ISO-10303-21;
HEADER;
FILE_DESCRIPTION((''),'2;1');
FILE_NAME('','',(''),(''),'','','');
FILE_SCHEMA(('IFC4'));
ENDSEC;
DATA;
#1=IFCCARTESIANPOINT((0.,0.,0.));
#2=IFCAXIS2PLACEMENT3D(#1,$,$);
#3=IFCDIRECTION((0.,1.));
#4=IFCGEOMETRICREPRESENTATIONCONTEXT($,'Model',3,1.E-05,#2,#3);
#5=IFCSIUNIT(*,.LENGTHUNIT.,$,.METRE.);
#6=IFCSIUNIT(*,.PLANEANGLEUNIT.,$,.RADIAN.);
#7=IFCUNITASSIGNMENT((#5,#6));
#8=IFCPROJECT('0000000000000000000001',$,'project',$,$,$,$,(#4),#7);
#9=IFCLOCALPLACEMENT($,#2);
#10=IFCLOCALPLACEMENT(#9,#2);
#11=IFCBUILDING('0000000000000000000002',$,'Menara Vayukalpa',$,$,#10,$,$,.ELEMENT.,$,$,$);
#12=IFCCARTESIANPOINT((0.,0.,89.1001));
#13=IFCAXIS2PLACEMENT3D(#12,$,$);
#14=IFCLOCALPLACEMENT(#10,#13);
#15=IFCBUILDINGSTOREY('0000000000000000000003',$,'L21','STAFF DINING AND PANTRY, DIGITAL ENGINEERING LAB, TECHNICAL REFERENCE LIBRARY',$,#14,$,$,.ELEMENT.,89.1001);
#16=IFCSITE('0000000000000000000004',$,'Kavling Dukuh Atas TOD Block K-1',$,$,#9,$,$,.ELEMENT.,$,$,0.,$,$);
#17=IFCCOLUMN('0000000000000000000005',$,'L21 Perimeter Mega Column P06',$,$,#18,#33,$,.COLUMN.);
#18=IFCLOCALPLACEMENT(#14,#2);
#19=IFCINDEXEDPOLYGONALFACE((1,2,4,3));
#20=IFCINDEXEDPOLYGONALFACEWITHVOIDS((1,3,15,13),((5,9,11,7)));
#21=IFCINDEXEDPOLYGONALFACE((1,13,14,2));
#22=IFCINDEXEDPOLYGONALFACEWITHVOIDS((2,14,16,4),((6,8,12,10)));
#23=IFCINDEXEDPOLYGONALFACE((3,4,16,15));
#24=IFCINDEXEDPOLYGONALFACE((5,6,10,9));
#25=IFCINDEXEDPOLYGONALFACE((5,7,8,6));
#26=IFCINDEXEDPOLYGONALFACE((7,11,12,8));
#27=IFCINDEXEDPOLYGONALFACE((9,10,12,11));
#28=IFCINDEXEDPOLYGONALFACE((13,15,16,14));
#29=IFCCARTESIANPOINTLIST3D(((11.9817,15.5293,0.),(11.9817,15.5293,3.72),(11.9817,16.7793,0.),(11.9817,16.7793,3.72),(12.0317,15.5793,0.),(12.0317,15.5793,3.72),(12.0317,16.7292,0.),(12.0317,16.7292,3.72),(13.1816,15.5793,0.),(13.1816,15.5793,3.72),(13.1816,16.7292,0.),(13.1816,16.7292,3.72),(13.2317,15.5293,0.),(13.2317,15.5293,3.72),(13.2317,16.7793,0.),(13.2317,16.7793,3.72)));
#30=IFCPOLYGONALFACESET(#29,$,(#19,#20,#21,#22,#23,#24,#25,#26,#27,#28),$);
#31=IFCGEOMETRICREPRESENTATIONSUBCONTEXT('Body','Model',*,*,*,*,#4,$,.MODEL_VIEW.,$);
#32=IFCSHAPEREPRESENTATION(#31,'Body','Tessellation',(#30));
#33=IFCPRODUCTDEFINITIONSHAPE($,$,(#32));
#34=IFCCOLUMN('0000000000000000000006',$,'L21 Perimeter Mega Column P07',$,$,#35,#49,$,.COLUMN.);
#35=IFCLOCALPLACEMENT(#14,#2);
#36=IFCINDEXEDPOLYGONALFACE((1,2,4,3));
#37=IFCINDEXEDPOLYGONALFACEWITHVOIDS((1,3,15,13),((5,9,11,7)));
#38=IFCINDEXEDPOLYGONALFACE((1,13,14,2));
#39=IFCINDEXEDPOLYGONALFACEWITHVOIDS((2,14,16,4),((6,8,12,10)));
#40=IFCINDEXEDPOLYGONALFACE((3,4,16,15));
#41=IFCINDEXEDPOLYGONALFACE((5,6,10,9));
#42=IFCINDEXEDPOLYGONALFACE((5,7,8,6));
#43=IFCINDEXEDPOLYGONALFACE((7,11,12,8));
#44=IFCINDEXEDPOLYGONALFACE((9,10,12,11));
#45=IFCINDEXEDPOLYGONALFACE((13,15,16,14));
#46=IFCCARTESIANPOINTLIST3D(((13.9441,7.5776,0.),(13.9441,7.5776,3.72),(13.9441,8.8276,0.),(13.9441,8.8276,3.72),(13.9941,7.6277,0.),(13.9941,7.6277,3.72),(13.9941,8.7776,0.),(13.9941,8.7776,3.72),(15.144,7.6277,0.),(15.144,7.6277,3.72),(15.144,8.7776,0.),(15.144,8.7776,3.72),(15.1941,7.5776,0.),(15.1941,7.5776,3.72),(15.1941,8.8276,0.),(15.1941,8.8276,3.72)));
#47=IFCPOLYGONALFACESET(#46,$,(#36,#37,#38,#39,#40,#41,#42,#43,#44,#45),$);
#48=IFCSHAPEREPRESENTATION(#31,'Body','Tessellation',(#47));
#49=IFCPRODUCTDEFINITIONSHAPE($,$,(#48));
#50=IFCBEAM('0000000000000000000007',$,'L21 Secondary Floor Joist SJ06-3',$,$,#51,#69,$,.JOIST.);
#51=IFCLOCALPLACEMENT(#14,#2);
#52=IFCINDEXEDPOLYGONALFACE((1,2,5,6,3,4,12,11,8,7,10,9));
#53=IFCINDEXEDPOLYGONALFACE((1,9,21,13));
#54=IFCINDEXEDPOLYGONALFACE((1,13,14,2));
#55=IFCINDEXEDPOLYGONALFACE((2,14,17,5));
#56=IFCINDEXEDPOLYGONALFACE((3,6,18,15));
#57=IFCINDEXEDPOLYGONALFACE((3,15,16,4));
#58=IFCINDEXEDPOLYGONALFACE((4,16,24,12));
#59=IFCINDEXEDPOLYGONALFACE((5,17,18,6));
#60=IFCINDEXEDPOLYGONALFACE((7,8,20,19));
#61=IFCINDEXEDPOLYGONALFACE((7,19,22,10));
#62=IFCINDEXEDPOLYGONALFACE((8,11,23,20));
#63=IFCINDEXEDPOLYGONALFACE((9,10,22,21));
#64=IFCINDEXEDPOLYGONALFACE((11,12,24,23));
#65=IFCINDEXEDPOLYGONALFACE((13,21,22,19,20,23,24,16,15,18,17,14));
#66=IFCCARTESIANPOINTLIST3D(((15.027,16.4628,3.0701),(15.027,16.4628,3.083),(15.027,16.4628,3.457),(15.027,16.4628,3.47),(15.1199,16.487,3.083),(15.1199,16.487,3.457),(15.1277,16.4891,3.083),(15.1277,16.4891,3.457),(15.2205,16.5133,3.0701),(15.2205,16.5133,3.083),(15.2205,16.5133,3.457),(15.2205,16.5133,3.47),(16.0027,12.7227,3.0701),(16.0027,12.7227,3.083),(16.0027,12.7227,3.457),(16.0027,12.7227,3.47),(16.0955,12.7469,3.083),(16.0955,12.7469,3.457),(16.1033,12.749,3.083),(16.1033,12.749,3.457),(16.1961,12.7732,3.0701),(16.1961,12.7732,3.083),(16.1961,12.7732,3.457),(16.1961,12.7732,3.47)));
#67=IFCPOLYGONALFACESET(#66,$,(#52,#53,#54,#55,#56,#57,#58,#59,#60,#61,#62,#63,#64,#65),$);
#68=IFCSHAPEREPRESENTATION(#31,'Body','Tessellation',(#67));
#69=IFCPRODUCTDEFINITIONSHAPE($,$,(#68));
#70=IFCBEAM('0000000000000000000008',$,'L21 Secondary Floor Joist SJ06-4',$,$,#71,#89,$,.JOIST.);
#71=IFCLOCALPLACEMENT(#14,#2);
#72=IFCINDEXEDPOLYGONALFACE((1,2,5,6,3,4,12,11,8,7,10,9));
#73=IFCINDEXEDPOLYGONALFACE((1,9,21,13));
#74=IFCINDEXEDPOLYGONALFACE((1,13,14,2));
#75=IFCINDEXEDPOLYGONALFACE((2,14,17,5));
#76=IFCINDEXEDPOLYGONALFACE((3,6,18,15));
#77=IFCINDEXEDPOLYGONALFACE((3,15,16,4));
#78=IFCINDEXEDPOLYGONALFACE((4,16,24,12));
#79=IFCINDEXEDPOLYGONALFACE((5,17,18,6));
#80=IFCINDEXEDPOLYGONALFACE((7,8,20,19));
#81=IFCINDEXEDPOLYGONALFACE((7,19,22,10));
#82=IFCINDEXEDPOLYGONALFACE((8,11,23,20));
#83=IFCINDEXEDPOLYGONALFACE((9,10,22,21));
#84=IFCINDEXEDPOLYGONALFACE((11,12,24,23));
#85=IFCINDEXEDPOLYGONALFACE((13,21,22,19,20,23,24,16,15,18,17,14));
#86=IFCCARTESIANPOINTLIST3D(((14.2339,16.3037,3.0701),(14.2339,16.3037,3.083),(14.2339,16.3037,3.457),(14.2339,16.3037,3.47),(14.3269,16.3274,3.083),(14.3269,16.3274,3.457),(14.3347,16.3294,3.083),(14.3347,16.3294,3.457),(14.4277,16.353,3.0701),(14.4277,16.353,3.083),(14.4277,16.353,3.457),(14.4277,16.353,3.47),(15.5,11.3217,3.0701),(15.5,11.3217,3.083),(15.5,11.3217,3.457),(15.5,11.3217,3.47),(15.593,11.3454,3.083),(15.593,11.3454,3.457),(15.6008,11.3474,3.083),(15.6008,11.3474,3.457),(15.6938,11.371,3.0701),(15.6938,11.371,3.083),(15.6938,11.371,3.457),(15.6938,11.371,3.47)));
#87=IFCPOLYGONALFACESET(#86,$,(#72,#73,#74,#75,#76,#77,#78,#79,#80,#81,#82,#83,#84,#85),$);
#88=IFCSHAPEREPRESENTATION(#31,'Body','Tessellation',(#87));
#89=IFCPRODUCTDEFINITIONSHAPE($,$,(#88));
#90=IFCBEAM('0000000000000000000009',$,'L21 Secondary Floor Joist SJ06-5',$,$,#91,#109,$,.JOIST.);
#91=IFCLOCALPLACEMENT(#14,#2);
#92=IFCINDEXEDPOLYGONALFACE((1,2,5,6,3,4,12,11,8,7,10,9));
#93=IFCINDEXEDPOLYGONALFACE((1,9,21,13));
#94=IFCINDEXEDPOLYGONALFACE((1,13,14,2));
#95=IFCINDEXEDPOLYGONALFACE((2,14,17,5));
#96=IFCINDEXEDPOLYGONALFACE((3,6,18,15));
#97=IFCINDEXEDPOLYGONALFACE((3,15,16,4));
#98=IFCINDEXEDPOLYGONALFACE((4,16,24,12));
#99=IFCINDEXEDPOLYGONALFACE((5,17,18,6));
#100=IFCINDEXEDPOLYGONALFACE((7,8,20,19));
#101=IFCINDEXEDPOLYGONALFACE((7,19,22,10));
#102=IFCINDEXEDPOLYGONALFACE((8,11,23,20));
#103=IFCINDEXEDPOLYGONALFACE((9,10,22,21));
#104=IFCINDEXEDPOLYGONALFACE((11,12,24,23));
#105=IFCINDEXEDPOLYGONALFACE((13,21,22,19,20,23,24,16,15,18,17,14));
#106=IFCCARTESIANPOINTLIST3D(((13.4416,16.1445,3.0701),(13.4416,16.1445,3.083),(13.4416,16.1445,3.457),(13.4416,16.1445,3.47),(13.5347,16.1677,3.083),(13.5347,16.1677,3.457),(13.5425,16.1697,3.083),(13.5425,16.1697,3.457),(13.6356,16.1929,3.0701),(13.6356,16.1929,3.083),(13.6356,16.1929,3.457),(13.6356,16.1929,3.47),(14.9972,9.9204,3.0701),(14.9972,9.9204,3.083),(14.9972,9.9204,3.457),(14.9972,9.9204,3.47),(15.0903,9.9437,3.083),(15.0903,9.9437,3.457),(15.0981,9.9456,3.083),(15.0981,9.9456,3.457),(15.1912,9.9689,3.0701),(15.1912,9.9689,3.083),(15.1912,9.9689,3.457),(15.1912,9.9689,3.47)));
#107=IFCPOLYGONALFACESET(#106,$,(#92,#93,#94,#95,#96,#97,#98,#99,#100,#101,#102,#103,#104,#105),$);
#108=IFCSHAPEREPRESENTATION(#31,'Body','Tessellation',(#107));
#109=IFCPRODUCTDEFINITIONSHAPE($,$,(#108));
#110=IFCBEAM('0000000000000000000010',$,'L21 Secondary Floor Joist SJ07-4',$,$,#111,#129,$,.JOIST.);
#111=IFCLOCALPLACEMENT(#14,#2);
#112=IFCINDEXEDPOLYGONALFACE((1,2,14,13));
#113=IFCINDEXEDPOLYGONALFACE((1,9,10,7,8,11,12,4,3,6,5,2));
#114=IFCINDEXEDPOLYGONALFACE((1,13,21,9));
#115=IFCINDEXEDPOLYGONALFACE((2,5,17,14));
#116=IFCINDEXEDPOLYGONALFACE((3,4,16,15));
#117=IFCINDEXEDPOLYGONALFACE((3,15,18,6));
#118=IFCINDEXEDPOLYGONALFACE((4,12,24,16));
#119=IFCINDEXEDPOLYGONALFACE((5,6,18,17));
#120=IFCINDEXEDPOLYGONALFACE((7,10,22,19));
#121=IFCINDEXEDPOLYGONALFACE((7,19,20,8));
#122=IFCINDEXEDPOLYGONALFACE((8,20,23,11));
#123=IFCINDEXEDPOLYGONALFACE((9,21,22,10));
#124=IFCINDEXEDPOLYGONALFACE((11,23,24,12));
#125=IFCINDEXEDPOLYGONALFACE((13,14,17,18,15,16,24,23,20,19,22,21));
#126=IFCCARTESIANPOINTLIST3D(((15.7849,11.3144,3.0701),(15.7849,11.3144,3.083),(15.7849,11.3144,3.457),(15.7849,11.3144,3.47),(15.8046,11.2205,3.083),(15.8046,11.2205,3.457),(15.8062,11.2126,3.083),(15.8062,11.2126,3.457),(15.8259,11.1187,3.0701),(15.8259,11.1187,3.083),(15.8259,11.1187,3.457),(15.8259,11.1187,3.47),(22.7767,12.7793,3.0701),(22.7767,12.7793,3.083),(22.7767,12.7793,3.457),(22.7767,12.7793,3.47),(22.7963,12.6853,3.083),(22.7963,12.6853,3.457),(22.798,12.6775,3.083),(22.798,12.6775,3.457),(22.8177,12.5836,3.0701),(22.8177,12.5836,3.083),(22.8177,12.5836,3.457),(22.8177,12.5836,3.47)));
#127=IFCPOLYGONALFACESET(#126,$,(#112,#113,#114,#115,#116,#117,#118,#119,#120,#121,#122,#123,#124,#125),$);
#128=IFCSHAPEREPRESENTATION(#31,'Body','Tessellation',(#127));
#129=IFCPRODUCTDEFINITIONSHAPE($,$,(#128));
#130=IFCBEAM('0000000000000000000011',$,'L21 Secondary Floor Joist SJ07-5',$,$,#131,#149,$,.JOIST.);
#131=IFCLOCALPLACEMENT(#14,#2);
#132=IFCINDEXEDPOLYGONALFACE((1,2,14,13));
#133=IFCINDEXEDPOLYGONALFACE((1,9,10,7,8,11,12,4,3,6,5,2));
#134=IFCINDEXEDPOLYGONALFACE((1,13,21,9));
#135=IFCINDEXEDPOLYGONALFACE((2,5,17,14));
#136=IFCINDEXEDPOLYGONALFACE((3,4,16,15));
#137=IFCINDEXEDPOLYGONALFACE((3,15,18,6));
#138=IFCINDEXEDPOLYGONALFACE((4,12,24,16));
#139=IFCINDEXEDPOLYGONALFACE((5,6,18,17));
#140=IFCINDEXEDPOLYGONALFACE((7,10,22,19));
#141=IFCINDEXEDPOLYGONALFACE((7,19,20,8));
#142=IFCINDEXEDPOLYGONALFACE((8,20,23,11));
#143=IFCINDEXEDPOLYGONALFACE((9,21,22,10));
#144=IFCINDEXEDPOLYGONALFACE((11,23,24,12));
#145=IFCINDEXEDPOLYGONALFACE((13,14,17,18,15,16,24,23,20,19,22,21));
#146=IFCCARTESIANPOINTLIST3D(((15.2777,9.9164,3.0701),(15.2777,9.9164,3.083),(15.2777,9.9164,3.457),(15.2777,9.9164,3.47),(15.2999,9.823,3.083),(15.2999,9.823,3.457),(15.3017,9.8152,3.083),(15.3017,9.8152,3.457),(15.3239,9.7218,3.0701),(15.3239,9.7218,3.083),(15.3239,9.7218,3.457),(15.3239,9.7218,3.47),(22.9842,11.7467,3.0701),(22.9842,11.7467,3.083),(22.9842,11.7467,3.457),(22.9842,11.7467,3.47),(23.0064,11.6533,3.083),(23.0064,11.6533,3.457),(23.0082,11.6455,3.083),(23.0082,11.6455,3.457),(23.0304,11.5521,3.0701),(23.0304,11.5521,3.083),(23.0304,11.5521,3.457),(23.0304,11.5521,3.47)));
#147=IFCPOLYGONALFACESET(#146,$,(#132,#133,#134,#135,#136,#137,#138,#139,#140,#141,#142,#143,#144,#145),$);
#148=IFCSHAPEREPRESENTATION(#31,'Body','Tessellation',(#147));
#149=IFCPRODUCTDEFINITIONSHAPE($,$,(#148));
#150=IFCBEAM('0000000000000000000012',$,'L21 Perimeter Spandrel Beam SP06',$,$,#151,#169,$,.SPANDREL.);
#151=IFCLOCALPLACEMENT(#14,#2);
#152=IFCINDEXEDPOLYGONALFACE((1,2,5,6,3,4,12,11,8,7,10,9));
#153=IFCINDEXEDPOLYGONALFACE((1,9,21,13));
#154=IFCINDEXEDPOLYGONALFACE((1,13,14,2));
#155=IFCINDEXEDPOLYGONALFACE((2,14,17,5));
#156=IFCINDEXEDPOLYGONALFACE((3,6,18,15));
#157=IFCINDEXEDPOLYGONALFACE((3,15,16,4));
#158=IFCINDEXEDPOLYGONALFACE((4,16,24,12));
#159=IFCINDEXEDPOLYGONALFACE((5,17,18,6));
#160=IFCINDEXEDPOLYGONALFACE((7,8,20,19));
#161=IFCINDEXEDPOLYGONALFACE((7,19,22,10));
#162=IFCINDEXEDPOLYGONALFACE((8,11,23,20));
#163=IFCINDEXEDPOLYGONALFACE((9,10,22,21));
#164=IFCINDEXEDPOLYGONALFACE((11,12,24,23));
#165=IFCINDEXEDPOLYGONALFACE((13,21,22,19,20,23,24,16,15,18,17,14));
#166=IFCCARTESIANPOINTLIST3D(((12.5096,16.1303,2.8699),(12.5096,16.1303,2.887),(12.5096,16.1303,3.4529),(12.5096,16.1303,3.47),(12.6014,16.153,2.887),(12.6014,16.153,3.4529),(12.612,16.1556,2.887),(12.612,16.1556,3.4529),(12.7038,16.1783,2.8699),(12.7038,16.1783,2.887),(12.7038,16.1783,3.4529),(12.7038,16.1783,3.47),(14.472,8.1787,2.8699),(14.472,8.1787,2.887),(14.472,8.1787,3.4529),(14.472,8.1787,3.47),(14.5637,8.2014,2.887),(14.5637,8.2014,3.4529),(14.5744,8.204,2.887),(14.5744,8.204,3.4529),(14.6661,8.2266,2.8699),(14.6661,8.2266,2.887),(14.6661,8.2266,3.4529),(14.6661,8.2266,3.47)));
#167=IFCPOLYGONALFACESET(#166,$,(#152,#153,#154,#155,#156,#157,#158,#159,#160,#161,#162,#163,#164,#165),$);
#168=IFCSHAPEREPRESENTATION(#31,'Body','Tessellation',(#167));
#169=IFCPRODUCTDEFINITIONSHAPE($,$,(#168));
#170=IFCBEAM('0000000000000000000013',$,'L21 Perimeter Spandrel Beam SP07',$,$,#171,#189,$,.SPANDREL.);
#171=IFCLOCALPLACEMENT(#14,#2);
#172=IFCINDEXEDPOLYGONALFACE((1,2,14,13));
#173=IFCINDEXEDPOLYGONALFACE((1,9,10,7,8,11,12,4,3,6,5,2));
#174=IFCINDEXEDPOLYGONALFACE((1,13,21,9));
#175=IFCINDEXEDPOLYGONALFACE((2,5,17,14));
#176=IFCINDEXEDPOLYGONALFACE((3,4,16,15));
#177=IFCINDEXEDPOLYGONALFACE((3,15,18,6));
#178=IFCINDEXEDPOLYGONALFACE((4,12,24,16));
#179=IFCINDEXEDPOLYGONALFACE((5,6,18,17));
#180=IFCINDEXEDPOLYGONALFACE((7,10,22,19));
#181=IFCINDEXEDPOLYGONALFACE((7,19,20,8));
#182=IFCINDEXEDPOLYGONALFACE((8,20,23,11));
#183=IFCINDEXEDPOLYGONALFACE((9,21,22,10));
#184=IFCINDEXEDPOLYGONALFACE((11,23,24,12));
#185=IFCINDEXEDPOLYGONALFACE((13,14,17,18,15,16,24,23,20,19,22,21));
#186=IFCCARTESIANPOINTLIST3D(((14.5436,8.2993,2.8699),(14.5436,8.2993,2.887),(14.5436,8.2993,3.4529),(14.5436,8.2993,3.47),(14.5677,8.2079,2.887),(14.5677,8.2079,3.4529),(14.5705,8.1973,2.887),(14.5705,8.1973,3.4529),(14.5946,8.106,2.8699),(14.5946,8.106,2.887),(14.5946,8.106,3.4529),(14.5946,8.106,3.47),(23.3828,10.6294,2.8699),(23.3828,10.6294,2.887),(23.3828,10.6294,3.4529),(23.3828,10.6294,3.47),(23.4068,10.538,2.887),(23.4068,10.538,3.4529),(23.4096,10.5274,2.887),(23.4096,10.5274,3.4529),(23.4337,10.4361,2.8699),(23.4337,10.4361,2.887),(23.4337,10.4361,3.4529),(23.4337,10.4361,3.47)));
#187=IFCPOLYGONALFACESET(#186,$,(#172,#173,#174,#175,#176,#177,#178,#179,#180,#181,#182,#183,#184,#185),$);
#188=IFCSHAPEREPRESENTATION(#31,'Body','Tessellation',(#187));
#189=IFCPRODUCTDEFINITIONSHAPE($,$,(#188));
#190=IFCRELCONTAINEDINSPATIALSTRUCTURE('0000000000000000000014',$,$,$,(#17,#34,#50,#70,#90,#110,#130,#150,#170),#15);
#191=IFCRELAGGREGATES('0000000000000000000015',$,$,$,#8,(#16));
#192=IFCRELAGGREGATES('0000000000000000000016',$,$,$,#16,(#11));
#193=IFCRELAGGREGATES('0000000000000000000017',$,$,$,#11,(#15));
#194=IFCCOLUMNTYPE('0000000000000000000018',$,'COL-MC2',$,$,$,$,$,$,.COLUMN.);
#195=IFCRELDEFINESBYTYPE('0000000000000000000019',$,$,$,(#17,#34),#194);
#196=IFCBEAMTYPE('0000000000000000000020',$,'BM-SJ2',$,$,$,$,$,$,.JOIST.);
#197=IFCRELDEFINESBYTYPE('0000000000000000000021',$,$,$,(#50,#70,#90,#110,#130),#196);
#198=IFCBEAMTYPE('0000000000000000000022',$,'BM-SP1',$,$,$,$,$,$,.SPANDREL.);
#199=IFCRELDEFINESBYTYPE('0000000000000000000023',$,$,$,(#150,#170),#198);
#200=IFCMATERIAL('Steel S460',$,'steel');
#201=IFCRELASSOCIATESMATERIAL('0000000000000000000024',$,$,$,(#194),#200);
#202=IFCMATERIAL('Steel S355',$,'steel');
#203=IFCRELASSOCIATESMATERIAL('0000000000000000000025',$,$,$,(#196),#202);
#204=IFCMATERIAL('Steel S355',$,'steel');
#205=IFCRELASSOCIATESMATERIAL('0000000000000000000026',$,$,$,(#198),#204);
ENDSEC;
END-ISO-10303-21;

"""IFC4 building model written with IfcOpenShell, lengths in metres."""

from ifc_helpers import new_model, si_unit, direction, frame, origin, origin_2d, place, context, subcontext, project, spatial, hollow_rectangle, i_section, extrude, material, material_profile, profile_set, type_object, element, save


model = new_model("IFC4")

# Units and contexts
model_context = context("Model", 3, precision=1e-05, world=origin(), true_north=direction((0.0, 1.0)))
body_context = subcontext(model_context, "Body", "Model", "MODEL_VIEW")
ifc_project = project(units=[si_unit("LENGTHUNIT", "METRE"), si_unit("PLANEANGLEUNIT", "RADIAN")], contexts=[model_context])

# Site, building, storey
site_placement = place(None, origin())
site = spatial("IfcSite", under=ifc_project, at=site_placement, Name="Kavling Dukuh Atas TOD Block K-1", CompositionType="ELEMENT", RefElevation=0.0)
building_placement = place(site_placement, origin())
building = spatial("IfcBuilding", under=site, at=building_placement, Name="Menara Vayukalpa", CompositionType="ELEMENT")
storey_placement = place(building_placement, frame((0.0, 0.0, 89.1001)))
storey = spatial("IfcBuildingStorey", under=building, at=storey_placement, Name="L21", Description="STAFF DINING AND PANTRY, DIGITAL ENGINEERING LAB, TECHNICAL REFERENCE LIBRARY", CompositionType="ELEMENT", Elevation=89.1001)

# Columns
ifc_material_1 = material(Name="Steel S460", Category="steel")
ifc_material_profile_1 = material_profile(ifc_material_1, hollow_rectangle(XDim=1.25, YDim=1.25, WallThickness=0.05, at=origin_2d()), Name="BOX 1250x1250x50")
ifc_profile_set_1 = profile_set([ifc_material_profile_1], Name="Steel S460")
column_type = type_object("IfcColumnType", Name="COL-MC2", PredefinedType="COLUMN", material=ifc_profile_set_1)
for number, where, z_axis, x_axis, name in (
    (1, (12.6067, 16.1543, 0.0), (0.0, 0.0, 1.0), (1.0, 0.0, 0.0), "L21 Perimeter Mega Column P06"),
    (2, (14.5691, 8.2026, 0.0), (0.0, 0.0, 1.0), (1.0, 0.0, 0.0), "L21 Perimeter Mega Column P07"),
):
    element("IfcColumn", number, at=place(storey_placement, frame(where, z_axis=z_axis, x_axis=x_axis)), inside=storey, type_object=column_type, Name=name, PredefinedType="COLUMN", context=body_context, shape_type="SweptSolid", body=[
        extrude(hollow_rectangle(XDim=1.25, YDim=1.25, WallThickness=0.05, at=origin_2d()), origin(), (0.0, 0.0, 1.0), 3.72),
    ])

# Beams
ifc_material_2 = material(Name="Steel S355", Category="steel")
ifc_material_profile_2 = material_profile(ifc_material_2, i_section(OverallWidth=0.2, OverallDepth=0.3999, WebThickness=0.0081, FlangeThickness=0.0129, at=origin_2d()), Name="WF 400x200x8x13")
ifc_profile_set_2 = profile_set([ifc_material_profile_2], Name="Steel S355")
beam_type_1 = type_object("IfcBeamType", Name="BM-SJ2", PredefinedType="JOIST", material=ifc_profile_set_2)
beam_1_placement = place(storey_placement, frame((15.1238, 16.488, 3.27), z_axis=(0.252406, -0.967621, 0.0), x_axis=(0.967621, 0.252406, 0.0)))
element("IfcBeam", 3, at=beam_1_placement, inside=storey, type_object=beam_type_1, Name="L21 Secondary Floor Joist SJ06-3", PredefinedType="JOIST", context=body_context, shape_type="SweptSolid", body=[
    extrude(i_section(OverallWidth=0.2, OverallDepth=0.3999, WebThickness=0.0081, FlangeThickness=0.0129, at=origin_2d()), origin(), (0.0, 0.0, 1.0), 3.8652),
])
beam_2_placement = place(storey_placement, frame((14.3308, 16.3284, 3.27), z_axis=(0.246311, -0.969191, 0.0), x_axis=(0.969191, 0.246311, 0.0)))
element("IfcBeam", 4, at=beam_2_placement, inside=storey, type_object=beam_type_1, Name="L21 Secondary Floor Joist SJ06-4", PredefinedType="JOIST", context=body_context, shape_type="SweptSolid", body=[
    extrude(i_section(OverallWidth=0.2, OverallDepth=0.3999, WebThickness=0.0081, FlangeThickness=0.0129, at=origin_2d()), origin(), (0.0, 0.0, 1.0), 5.1404),
])
beam_3_placement = place(storey_placement, frame((13.5386, 16.1687, 3.27), z_axis=(0.242482, -0.970156, 0.0), x_axis=(0.970156, 0.242482, 0.0)))
element("IfcBeam", 5, at=beam_3_placement, inside=storey, type_object=beam_type_1, Name="L21 Secondary Floor Joist SJ06-5", PredefinedType="JOIST", context=body_context, shape_type="SweptSolid", body=[
    extrude(i_section(OverallWidth=0.2, OverallDepth=0.3999, WebThickness=0.0081, FlangeThickness=0.0129, at=origin_2d()), origin(), (0.0, 0.0, 1.0), 6.4155),
])
beam_4_placement = place(storey_placement, frame((15.8054, 11.2166, 3.27), z_axis=(0.978749, 0.20506, 0.0), x_axis=(-0.20506, 0.978749, 0.0)))
element("IfcBeam", 6, at=beam_4_placement, inside=storey, type_object=beam_type_1, Name="L21 Secondary Floor Joist SJ07-4", PredefinedType="JOIST", context=body_context, shape_type="SweptSolid", body=[
    extrude(i_section(OverallWidth=0.2, OverallDepth=0.3999, WebThickness=0.0081, FlangeThickness=0.0129, at=origin_2d()), origin(), (0.0, 0.0, 1.0), 7.1436),
])
beam_5_placement = place(storey_placement, frame((15.3008, 9.8191, 3.27), z_axis=(0.972936, 0.231075, 0.0), x_axis=(-0.231075, 0.972936, 0.0)))
element("IfcBeam", 7, at=beam_5_placement, inside=storey, type_object=beam_type_1, Name="L21 Secondary Floor Joist SJ07-5", PredefinedType="JOIST", context=body_context, shape_type="SweptSolid", body=[
    extrude(i_section(OverallWidth=0.2, OverallDepth=0.3999, WebThickness=0.0081, FlangeThickness=0.0129, at=origin_2d()), origin(), (0.0, 0.0, 1.0), 7.9209),
])
ifc_material_3 = material(Name="Steel S355", Category="steel")
ifc_material_profile_3 = material_profile(ifc_material_3, i_section(OverallWidth=0.2, OverallDepth=0.6001, WebThickness=0.011, FlangeThickness=0.0171, at=origin_2d()), Name="WF 600x200x11x17")
ifc_profile_set_3 = profile_set([ifc_material_profile_3], Name="Steel S355")
beam_type_2 = type_object("IfcBeamType", Name="BM-SP1", PredefinedType="SPANDREL", material=ifc_profile_set_3)
beam_6_placement = place(storey_placement, frame((12.6067, 16.1543, 3.1699), z_axis=(0.239603, -0.970871, 0.0), x_axis=(0.970871, 0.239603, 0.0)))
element("IfcBeam", 8, at=beam_6_placement, inside=storey, type_object=beam_type_2, Name="L21 Perimeter Spandrel Beam SP06", PredefinedType="SPANDREL", context=body_context, shape_type="SweptSolid", body=[
    extrude(i_section(OverallWidth=0.2, OverallDepth=0.6001, WebThickness=0.011, FlangeThickness=0.0171, at=origin_2d()), origin(), (0.0, 0.0, 1.0), 8.1902),
])
beam_7_placement = place(storey_placement, frame((14.5691, 8.2026, 3.1699), z_axis=(0.966967, 0.254902, 0.0), x_axis=(-0.254902, 0.966967, 0.0)))
element("IfcBeam", 9, at=beam_7_placement, inside=storey, type_object=beam_type_2, Name="L21 Perimeter Spandrel Beam SP07", PredefinedType="SPANDREL", context=body_context, shape_type="SweptSolid", body=[
    extrude(i_section(OverallWidth=0.2, OverallDepth=0.6001, WebThickness=0.011, FlangeThickness=0.0171, at=origin_2d()), origin(), (0.0, 0.0, 1.0), 9.1411),
])

save(model, "model.ifc")
